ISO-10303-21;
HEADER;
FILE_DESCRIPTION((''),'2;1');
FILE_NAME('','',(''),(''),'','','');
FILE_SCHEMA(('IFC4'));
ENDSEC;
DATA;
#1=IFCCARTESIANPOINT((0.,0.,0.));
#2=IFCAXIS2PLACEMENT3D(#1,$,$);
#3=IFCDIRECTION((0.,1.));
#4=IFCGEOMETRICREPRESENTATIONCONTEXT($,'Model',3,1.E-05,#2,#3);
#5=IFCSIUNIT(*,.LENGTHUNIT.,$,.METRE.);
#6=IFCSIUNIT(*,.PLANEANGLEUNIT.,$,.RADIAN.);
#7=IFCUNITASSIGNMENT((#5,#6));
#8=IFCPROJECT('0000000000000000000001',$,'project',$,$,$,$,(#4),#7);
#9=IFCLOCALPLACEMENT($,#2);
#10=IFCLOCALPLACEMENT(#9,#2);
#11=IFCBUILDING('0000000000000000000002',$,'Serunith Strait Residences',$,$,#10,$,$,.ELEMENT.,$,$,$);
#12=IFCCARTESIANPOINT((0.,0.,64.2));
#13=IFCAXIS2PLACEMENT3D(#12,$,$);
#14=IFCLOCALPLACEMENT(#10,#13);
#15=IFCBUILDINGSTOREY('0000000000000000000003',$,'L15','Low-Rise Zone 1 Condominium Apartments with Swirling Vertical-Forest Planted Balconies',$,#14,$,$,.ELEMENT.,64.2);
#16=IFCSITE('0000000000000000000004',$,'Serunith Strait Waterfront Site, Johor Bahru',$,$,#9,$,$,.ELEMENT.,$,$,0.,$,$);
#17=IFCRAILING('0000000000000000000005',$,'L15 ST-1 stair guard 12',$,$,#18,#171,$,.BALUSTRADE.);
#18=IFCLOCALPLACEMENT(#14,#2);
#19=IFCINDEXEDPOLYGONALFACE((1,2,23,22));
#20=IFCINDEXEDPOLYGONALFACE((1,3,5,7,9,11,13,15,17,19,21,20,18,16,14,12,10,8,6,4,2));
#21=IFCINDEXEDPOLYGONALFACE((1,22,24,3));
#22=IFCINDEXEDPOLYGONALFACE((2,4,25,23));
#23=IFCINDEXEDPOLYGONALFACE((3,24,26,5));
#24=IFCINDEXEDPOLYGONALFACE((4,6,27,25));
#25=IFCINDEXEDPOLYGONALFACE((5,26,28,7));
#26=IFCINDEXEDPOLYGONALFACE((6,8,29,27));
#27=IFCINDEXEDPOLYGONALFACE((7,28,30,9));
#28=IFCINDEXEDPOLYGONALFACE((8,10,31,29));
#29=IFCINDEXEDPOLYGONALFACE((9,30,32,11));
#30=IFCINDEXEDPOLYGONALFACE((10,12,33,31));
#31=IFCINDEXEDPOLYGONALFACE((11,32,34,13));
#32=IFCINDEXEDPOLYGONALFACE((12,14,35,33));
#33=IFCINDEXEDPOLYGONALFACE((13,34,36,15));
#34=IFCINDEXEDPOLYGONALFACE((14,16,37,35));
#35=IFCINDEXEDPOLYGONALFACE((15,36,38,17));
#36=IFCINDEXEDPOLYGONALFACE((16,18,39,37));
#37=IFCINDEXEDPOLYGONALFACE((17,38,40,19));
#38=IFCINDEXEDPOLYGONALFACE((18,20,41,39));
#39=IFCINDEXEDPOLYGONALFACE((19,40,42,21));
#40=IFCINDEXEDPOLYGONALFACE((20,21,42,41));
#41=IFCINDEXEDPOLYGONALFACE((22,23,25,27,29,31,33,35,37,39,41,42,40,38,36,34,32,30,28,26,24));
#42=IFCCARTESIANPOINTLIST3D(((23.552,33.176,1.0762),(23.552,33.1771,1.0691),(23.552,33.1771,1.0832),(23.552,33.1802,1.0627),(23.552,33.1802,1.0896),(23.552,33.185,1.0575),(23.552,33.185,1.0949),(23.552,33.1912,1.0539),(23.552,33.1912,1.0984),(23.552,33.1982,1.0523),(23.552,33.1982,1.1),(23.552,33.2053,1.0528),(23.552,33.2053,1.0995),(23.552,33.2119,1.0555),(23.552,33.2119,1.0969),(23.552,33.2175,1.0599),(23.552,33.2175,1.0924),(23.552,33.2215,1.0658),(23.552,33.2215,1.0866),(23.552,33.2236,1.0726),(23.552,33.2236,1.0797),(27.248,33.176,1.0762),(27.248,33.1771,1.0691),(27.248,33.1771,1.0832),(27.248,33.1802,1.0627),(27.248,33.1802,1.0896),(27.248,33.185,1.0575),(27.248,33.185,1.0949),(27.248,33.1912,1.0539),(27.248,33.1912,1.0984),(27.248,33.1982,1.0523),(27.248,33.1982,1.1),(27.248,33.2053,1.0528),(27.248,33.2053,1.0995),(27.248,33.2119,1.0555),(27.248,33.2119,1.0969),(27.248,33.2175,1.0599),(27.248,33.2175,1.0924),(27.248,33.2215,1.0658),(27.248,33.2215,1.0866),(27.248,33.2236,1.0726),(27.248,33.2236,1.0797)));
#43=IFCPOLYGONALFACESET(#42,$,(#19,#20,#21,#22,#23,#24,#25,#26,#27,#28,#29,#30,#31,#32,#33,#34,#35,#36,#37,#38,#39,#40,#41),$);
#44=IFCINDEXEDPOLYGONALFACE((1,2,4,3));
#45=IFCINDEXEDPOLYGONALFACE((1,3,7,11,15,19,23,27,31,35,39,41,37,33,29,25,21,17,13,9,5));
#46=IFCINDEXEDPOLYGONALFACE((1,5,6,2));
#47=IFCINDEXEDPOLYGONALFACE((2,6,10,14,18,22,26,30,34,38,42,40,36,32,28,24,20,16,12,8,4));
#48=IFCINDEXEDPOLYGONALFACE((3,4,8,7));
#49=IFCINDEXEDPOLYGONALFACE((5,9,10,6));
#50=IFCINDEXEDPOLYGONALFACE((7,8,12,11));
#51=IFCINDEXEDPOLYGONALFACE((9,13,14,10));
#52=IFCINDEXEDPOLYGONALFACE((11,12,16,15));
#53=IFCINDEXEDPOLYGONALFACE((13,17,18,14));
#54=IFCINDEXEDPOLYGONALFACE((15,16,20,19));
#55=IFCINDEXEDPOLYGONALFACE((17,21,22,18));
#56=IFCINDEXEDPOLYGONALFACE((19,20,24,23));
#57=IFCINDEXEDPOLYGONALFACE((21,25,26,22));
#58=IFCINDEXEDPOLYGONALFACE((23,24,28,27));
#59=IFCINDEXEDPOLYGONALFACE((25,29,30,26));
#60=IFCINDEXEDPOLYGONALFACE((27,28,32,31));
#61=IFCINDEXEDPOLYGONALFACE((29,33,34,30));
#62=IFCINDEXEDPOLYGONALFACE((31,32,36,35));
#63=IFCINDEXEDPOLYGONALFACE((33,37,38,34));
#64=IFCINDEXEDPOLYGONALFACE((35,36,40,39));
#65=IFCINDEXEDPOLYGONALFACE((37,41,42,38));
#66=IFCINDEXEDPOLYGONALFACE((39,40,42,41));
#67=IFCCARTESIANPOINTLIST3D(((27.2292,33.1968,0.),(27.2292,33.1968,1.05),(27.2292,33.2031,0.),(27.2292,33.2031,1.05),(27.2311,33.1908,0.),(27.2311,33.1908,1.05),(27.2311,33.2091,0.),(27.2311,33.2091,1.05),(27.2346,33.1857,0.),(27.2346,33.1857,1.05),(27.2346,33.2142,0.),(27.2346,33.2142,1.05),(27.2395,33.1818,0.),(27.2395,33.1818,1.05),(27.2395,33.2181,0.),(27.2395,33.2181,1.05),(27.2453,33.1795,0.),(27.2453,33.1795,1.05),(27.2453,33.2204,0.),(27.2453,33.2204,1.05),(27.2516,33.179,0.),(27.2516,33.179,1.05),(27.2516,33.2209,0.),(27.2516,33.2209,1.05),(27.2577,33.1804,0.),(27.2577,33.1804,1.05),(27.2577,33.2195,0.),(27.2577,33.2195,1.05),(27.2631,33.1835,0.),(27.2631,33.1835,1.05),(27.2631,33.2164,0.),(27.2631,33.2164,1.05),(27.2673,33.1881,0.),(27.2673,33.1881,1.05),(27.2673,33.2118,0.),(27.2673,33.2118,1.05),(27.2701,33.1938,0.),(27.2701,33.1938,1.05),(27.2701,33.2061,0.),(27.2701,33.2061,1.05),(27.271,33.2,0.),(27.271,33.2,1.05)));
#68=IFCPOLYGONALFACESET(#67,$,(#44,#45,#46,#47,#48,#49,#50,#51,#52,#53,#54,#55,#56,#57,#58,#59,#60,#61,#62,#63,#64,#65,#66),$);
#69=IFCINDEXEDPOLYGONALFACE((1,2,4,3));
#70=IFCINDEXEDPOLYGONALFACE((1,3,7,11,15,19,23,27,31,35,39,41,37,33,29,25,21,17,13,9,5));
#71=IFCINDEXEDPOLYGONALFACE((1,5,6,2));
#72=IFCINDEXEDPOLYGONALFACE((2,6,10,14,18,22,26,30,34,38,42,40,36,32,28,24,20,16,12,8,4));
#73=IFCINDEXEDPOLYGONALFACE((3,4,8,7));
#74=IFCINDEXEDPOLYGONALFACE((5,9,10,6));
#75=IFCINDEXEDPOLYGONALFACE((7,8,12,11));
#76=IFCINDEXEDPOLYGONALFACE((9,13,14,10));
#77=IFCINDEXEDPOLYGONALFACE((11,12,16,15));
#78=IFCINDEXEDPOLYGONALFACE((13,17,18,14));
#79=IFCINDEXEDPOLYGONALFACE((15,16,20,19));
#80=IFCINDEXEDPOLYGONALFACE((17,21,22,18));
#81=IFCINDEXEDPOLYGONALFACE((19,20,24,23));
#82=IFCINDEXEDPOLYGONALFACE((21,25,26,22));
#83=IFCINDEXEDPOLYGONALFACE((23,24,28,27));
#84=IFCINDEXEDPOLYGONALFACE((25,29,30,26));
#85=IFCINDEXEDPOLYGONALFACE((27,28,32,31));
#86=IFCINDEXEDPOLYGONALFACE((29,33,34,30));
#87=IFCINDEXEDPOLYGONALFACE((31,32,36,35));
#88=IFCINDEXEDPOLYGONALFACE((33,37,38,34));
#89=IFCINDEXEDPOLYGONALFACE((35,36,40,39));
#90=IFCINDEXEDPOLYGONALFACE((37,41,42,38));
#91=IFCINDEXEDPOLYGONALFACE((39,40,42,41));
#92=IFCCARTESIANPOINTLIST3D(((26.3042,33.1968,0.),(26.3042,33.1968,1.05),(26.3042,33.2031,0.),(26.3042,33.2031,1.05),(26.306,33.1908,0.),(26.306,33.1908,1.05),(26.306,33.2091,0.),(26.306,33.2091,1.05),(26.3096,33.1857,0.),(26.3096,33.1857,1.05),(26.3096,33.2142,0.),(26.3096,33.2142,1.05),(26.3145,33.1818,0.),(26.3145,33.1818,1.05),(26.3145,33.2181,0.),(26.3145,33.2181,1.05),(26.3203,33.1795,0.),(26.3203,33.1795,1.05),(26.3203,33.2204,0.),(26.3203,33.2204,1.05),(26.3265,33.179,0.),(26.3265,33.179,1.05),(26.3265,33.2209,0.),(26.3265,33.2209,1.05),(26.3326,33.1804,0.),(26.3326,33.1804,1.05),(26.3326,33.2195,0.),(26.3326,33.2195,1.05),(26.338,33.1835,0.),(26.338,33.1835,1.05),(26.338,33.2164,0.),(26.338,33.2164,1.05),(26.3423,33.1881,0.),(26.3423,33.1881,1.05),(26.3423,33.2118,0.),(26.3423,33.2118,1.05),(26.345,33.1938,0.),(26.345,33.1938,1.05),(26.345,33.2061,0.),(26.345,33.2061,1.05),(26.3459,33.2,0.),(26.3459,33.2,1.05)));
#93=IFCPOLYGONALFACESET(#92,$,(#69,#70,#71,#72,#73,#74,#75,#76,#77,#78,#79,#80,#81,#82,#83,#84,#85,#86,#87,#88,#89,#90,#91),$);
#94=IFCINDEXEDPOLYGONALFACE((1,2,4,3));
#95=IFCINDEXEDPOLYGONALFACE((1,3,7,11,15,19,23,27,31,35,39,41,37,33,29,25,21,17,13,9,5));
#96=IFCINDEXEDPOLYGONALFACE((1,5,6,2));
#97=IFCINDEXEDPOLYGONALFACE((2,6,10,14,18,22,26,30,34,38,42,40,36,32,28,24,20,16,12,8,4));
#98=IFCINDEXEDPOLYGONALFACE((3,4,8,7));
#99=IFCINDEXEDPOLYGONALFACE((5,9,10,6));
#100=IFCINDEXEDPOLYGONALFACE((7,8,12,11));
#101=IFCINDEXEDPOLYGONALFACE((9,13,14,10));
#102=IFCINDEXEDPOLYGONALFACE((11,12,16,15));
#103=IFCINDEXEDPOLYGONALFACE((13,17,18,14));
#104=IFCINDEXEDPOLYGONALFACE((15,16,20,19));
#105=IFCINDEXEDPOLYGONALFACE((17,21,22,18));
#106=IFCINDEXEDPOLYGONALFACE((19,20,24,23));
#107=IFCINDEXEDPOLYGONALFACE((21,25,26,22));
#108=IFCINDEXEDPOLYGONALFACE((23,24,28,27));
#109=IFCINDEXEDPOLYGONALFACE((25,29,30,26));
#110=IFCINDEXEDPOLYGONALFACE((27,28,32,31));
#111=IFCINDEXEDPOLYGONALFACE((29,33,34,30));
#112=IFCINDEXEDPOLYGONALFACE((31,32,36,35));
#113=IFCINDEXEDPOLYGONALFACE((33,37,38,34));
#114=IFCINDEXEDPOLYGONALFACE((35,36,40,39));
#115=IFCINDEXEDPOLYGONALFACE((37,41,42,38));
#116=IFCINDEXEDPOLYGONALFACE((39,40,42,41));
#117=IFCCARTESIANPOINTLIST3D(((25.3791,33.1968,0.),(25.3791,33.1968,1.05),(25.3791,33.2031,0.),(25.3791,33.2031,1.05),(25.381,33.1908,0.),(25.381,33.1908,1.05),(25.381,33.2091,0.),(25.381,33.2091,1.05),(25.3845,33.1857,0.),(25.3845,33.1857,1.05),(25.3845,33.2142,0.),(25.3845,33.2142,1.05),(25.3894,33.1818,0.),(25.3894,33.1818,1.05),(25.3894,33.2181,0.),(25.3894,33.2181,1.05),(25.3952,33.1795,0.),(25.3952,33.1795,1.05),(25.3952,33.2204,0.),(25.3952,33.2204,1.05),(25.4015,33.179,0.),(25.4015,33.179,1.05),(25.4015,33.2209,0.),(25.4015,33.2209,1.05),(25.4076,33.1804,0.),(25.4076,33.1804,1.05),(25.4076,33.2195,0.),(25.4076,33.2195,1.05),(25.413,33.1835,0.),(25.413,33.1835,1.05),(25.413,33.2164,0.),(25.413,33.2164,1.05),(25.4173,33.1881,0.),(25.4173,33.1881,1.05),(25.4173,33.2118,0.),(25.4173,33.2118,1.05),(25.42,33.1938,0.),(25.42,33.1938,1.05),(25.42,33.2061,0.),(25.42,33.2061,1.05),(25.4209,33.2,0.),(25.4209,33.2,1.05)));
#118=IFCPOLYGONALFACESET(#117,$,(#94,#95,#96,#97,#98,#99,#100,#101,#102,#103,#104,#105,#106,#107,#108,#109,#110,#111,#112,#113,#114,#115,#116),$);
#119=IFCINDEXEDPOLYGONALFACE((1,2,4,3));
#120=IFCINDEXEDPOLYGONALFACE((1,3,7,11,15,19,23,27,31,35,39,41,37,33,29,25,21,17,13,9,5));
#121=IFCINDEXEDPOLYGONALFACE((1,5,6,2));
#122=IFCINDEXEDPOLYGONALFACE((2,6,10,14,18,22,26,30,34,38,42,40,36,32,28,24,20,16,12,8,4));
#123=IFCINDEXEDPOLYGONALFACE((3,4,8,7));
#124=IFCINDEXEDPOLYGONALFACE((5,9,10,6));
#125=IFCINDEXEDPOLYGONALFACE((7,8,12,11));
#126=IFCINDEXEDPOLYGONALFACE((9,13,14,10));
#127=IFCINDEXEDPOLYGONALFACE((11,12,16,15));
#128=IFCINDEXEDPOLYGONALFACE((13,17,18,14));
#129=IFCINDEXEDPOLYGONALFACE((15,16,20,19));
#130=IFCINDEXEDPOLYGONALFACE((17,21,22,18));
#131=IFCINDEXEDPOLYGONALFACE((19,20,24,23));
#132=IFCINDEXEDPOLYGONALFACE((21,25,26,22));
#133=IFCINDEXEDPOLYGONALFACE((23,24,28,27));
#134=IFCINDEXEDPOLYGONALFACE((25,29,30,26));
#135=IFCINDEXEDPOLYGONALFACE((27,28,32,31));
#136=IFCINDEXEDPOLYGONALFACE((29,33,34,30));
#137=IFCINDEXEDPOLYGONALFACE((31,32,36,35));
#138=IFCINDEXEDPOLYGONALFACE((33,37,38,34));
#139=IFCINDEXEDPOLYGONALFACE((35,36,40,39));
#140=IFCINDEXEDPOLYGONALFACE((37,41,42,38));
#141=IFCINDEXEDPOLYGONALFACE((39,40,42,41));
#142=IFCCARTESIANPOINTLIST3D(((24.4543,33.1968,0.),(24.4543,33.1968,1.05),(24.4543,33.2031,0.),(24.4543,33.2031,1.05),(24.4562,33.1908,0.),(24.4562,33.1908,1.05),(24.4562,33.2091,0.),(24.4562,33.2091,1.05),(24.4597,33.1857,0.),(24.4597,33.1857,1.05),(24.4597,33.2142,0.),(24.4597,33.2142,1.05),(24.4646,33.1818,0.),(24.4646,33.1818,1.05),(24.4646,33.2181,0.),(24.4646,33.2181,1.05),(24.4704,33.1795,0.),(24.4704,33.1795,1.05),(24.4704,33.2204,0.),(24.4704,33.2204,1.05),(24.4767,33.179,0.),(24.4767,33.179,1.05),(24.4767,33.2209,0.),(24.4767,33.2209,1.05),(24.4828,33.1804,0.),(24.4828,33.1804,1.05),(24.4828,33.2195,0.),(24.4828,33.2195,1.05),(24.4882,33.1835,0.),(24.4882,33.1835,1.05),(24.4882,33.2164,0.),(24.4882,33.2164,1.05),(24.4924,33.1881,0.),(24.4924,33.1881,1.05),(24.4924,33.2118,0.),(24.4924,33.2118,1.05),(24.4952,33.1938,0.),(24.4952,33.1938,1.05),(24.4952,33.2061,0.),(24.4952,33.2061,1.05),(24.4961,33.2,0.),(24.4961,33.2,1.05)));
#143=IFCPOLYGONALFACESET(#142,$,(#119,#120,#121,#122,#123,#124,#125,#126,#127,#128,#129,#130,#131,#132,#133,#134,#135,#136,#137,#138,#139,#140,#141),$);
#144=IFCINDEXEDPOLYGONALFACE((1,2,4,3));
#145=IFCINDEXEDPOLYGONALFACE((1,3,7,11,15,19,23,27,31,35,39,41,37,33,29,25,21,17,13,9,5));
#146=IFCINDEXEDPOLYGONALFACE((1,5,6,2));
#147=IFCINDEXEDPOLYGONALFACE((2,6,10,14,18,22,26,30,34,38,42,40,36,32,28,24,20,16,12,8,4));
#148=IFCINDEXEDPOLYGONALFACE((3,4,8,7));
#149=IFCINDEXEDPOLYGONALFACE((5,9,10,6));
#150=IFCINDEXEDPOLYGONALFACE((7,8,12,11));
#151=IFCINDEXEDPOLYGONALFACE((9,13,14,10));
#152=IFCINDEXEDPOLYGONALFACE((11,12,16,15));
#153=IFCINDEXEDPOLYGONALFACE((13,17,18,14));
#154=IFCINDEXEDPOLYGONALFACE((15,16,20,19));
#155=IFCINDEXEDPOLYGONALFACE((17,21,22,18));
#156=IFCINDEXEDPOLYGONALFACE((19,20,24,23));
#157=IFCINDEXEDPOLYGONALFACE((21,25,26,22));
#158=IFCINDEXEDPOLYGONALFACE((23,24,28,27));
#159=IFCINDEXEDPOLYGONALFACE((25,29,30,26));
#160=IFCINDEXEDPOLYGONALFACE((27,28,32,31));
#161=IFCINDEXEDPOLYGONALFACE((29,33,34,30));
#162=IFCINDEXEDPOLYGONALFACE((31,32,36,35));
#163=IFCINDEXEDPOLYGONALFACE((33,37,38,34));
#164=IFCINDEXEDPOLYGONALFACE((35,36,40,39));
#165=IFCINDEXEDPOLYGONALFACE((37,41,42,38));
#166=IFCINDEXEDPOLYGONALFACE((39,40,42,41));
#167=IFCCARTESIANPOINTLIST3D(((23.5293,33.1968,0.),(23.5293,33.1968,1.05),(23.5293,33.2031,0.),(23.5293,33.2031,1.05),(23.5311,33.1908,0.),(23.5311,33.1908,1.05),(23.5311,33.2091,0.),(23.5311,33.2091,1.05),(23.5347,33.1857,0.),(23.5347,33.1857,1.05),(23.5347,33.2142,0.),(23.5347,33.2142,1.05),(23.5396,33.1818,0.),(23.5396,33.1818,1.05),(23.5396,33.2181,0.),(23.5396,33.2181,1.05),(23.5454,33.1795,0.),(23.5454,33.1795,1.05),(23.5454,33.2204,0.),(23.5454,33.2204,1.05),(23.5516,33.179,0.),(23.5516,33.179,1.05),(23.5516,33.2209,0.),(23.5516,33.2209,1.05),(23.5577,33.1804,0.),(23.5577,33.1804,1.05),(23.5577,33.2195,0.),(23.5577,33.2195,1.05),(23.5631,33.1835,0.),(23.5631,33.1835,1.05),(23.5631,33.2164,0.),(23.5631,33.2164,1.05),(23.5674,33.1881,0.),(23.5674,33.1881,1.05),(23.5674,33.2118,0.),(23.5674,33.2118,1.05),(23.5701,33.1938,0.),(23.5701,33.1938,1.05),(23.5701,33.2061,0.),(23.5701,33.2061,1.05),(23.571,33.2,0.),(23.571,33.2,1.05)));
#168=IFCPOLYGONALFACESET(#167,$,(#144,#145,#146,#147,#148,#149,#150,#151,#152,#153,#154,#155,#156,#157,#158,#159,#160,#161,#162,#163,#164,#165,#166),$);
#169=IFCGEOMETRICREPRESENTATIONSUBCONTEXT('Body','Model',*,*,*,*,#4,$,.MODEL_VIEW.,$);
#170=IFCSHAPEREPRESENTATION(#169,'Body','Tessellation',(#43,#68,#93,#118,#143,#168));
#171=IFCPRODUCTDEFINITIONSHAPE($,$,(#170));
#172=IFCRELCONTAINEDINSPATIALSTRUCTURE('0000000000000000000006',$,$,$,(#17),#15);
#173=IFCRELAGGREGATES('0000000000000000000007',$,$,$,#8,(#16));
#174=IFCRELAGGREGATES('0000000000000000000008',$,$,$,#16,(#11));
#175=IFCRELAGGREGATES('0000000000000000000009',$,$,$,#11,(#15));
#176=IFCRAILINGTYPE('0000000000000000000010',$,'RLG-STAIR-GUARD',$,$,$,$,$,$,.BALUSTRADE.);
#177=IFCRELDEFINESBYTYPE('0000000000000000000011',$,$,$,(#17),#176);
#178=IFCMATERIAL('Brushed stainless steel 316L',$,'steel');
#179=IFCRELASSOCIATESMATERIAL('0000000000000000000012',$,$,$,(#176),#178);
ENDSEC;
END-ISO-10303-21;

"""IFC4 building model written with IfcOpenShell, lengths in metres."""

from ifc_helpers import new_model, si_unit, direction, frame, origin, origin_2d, place, context, subcontext, project, spatial, circle, extrude, material, type_object, element, save


model = new_model("IFC4")

# Units and contexts
model_context = context("Model", 3, precision=1e-05, world=origin(), true_north=direction((0.0, 1.0)))
body_context = subcontext(model_context, "Body", "Model", "MODEL_VIEW")
ifc_project = project(units=[si_unit("LENGTHUNIT", "METRE"), si_unit("PLANEANGLEUNIT", "RADIAN")], contexts=[model_context])

# Site, building, storey
site_placement = place(None, origin())
site = spatial("IfcSite", under=ifc_project, at=site_placement, Name="Serunith Strait Waterfront Site, Johor Bahru", CompositionType="ELEMENT", RefElevation=0.0)
building_placement = place(site_placement, origin())
building = spatial("IfcBuilding", under=site, at=building_placement, Name="Serunith Strait Residences", CompositionType="ELEMENT")
storey_placement = place(building_placement, frame((0.0, 0.0, 64.2)))
storey = spatial("IfcBuildingStorey", under=building, at=storey_placement, Name="L15", Description="Low-Rise Zone 1 Condominium Apartments with Swirling Vertical-Forest Planted Balconies", CompositionType="ELEMENT", Elevation=64.2)

# Railing
ifc_material_1 = material(Name="Brushed stainless steel 316L", Category="steel")
railing_type_1 = type_object("IfcRailingType", Name="RLG-STAIR-GUARD", PredefinedType="BALUSTRADE", material=ifc_material_1)
railing_1_placement = place(storey_placement, frame((27.25, 33.2, 0.0)))
element("IfcRailing", 1, at=railing_1_placement, inside=storey, type_object=railing_type_1, Name="L15 ST-1 stair guard 12", PredefinedType="BALUSTRADE", context=body_context, shape_type="SweptSolid", body=[
    extrude(circle(Radius=0.0239, at=origin_2d()), frame((-0.002, 0.0, 1.0762), z_axis=(-1.0, 0.0, 0.0), x_axis=(0.0, -1.0, 0.0)), (0.0, 0.0, 1.0), 3.696),
    extrude(circle(Radius=0.021, at=origin_2d()), origin(), (0.0, 0.0, 1.0), 1.05),
    extrude(circle(Radius=0.021, at=origin_2d()), frame((-0.925, 0.0, 0.0)), (0.0, 0.0, 1.0), 1.05),
    extrude(circle(Radius=0.021, at=origin_2d()), frame((-1.8501, 0.0, 0.0)), (0.0, 0.0, 1.0), 1.05),
    extrude(circle(Radius=0.021, at=origin_2d()), frame((-2.7749, 0.0, 0.0)), (0.0, 0.0, 1.0), 1.05),
    extrude(circle(Radius=0.021, at=origin_2d()), frame((-3.7, 0.0, 0.0)), (0.0, 0.0, 1.0), 1.05),
])

save(model, "model.ifc")
